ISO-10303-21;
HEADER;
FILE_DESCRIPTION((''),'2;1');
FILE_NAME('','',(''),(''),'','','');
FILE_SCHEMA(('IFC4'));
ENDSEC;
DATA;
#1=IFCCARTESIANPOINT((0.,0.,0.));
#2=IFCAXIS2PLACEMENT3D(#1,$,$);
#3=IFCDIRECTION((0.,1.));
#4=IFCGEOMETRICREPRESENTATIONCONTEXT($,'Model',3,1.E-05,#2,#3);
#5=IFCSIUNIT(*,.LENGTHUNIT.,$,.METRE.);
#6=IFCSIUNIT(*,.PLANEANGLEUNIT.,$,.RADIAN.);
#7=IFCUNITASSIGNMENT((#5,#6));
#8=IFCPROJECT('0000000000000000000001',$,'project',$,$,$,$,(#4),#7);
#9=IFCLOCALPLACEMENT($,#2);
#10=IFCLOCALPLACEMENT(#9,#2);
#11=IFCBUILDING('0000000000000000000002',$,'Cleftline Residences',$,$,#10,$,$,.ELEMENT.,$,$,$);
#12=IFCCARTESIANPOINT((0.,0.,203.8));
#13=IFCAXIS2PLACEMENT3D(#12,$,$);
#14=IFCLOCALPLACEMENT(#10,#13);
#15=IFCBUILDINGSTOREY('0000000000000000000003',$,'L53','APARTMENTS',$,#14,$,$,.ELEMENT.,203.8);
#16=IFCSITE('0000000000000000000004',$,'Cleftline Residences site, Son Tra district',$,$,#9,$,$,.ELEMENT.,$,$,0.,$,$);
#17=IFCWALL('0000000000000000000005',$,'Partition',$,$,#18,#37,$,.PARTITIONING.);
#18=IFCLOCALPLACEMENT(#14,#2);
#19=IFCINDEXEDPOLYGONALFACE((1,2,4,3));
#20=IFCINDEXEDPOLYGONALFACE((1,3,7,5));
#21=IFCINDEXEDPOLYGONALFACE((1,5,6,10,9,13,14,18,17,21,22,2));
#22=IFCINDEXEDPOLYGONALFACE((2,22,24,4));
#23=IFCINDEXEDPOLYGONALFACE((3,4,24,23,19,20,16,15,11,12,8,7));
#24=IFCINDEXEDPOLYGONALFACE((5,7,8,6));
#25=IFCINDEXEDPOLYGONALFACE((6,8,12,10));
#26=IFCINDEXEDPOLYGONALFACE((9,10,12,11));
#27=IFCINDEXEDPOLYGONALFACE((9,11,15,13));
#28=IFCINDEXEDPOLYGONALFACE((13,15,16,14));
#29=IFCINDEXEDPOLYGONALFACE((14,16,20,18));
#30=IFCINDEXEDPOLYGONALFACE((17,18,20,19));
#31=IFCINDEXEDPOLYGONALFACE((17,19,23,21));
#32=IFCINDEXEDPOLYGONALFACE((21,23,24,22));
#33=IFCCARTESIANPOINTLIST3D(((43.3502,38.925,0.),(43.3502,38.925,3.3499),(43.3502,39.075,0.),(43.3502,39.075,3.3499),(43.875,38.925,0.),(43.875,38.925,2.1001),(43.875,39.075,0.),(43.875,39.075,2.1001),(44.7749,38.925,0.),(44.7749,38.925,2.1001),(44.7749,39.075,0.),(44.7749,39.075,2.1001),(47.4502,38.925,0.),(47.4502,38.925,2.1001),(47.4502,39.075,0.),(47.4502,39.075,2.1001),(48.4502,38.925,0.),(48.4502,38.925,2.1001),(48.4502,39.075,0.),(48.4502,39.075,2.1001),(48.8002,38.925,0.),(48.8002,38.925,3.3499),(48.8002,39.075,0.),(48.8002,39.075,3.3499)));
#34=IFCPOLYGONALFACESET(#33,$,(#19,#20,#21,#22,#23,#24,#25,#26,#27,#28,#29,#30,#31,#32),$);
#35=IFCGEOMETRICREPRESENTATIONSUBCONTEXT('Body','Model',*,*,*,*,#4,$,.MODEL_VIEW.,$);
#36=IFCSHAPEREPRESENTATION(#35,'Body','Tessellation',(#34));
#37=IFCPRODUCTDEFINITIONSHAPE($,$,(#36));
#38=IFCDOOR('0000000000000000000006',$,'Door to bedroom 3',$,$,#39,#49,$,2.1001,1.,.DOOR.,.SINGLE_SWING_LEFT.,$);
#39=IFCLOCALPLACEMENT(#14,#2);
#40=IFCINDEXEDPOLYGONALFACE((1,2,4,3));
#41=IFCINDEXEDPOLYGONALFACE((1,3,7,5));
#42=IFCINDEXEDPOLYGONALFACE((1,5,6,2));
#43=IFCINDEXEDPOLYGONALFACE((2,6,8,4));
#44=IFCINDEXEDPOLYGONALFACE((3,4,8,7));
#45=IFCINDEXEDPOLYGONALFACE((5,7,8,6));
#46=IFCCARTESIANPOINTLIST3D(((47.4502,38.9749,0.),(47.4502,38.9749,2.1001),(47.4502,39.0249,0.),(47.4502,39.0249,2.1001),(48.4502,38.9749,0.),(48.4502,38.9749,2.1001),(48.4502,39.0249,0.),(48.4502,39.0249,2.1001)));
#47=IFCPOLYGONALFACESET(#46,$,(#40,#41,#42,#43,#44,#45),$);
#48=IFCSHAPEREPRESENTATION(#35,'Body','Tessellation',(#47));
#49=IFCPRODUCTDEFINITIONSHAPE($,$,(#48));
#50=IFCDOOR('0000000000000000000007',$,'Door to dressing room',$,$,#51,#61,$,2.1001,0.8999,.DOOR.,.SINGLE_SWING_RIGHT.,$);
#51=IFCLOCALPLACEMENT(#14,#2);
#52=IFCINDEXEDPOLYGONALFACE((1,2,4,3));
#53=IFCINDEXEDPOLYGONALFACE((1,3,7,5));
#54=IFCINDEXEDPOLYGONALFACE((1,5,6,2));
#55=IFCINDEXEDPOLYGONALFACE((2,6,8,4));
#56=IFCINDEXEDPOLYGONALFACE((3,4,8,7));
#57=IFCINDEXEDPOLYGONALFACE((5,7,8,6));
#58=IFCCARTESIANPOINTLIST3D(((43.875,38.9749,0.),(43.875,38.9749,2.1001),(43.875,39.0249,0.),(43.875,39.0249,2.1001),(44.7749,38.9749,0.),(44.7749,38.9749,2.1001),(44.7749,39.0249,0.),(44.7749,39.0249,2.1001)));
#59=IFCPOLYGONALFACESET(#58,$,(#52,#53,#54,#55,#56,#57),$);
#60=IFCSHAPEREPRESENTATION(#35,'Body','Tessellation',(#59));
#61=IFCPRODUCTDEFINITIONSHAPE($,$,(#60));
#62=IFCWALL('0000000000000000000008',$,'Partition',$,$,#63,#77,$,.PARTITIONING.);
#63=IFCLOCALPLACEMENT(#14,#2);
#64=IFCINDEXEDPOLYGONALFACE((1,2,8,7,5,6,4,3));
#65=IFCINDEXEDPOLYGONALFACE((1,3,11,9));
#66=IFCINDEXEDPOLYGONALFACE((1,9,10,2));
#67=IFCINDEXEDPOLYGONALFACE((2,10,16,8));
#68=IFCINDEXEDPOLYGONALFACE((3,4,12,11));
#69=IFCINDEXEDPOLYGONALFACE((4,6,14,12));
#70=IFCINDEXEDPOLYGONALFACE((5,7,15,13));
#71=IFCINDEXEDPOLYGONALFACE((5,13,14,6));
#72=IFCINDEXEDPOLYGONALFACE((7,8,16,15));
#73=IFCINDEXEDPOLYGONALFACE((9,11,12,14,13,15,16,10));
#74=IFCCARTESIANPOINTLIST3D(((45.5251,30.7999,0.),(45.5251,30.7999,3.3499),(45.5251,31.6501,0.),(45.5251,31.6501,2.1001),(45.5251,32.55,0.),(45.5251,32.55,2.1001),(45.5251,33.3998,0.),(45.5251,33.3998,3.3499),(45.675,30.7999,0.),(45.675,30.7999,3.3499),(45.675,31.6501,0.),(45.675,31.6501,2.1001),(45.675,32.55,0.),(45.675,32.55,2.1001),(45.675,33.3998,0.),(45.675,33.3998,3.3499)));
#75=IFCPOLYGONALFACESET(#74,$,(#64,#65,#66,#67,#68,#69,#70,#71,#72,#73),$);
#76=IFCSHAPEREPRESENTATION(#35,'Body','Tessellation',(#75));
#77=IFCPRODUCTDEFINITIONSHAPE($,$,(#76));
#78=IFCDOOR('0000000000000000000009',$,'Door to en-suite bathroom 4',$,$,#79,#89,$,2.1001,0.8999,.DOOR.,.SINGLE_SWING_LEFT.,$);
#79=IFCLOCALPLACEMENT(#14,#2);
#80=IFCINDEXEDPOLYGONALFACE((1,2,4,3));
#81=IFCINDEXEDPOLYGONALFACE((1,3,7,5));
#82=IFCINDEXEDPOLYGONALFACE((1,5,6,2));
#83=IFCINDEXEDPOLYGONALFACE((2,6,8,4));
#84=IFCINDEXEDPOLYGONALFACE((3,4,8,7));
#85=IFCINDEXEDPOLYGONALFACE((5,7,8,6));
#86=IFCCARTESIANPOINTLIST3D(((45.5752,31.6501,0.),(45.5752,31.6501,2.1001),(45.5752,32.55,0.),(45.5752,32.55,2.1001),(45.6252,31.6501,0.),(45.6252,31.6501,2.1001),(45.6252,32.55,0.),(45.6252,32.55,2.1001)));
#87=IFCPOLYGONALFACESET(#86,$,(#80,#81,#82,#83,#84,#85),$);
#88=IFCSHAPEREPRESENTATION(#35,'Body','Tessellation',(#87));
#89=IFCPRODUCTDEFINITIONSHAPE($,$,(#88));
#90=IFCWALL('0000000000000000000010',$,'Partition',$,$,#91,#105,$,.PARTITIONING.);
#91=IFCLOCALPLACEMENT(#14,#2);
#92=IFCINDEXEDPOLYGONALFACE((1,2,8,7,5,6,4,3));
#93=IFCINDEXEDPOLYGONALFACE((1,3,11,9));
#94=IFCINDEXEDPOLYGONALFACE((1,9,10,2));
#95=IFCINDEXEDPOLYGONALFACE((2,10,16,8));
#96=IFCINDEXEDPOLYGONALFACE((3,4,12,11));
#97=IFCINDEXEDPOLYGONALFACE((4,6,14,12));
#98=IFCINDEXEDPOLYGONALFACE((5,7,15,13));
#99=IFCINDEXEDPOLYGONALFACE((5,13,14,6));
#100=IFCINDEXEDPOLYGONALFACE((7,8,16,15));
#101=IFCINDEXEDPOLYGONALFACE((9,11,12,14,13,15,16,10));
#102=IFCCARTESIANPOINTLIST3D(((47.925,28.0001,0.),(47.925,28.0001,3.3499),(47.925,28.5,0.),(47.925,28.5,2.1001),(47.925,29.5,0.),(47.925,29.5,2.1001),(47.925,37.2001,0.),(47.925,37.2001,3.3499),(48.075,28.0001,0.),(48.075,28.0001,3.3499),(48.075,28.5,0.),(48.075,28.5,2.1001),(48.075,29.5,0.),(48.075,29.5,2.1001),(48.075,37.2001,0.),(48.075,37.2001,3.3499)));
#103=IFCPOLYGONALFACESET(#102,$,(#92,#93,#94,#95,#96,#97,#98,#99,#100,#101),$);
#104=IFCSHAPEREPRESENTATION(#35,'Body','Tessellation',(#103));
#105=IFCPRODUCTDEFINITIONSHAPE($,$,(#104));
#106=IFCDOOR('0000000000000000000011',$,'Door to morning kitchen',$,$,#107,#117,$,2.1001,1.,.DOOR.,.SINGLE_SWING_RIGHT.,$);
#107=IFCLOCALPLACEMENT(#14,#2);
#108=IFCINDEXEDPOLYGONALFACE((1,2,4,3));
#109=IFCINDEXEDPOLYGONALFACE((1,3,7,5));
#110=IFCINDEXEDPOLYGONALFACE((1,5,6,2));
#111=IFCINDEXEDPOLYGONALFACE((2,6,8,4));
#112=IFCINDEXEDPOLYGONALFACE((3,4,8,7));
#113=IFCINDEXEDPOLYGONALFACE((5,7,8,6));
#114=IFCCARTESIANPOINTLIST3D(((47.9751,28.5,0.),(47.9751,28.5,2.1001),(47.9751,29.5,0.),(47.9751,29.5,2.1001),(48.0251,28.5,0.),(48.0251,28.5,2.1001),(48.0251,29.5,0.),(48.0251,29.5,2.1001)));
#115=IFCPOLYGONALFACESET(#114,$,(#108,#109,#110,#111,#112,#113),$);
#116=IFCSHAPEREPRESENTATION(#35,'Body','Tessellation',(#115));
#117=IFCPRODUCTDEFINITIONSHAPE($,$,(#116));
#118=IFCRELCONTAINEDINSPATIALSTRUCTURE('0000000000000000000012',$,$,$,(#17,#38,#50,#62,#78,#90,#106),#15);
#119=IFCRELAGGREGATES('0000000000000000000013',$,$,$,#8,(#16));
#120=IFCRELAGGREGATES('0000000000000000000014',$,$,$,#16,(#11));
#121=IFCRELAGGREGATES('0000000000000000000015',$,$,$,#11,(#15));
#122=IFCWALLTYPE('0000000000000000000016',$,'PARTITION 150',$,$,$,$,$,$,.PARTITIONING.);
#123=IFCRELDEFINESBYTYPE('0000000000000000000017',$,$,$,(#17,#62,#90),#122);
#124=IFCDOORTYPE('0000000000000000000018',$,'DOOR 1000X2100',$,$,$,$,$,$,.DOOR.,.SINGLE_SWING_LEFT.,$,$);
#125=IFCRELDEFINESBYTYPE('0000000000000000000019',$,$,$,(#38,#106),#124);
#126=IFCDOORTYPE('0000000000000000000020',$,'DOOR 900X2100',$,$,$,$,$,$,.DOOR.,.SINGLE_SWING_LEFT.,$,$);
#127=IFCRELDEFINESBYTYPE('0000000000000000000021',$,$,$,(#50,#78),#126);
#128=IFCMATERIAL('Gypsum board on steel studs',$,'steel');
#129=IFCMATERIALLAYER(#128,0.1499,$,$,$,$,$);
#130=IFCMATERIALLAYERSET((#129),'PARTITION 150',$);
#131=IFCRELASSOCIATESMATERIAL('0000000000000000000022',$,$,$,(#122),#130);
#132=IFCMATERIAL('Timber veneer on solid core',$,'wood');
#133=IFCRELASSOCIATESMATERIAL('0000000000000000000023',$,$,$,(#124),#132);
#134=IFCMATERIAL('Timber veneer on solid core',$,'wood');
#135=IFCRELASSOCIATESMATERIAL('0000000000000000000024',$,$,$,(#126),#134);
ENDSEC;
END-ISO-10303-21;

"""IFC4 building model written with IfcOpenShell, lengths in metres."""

from ifc_helpers import new_model, si_unit, direction, frame, frame_2d, origin, place, context, subcontext, project, spatial, rectangle, extrude, material, layer, layer_set, type_object, element, fill, save


model = new_model("IFC4")

# Units and contexts
model_context = context("Model", 3, precision=1e-05, world=origin(), true_north=direction((0.0, 1.0)))
body_context = subcontext(model_context, "Body", "Model", "MODEL_VIEW")
ifc_project = project(units=[si_unit("LENGTHUNIT", "METRE"), si_unit("PLANEANGLEUNIT", "RADIAN")], contexts=[model_context])

# Site, building, storey
site_placement = place(None, origin())
site = spatial("IfcSite", under=ifc_project, at=site_placement, Name="Cleftline Residences site, Son Tra district", CompositionType="ELEMENT", RefElevation=0.0)
building_placement = place(site_placement, origin())
building = spatial("IfcBuilding", under=site, at=building_placement, Name="Cleftline Residences", CompositionType="ELEMENT")
storey_placement = place(building_placement, frame((0.0, 0.0, 203.8)))
storey = spatial("IfcBuildingStorey", under=building, at=storey_placement, Name="L53", Description="APARTMENTS", CompositionType="ELEMENT", Elevation=203.8)

# Shared definitions
ifc_material_1 = material(Name="Gypsum board on steel studs", Category="steel")
ifc_layer_1 = layer(ifc_material_1, 0.1499)
ifc_layer_set_1 = layer_set([ifc_layer_1], Name="PARTITION 150")
wall_type_1 = type_object("IfcWallType", Name="PARTITION 150", PredefinedType="PARTITIONING", material=ifc_layer_set_1)
ifc_material_2 = material(Name="Timber veneer on solid core", Category="wood")
door_type_1 = type_object("IfcDoorType", Name="DOOR 1000X2100", OperationType="SINGLE_SWING_LEFT", PredefinedType="DOOR", material=ifc_material_2)

# Wall, openings, doors
ifc_material_3 = material(Name="Timber veneer on solid core", Category="wood")
door_type_2 = type_object("IfcDoorType", Name="DOOR 900X2100", OperationType="SINGLE_SWING_LEFT", PredefinedType="DOOR", material=ifc_material_3)
wall_1_placement = place(storey_placement, frame((43.3501, 39.0, 0.0), z_axis=(0.0, 0.0, 1.0), x_axis=(1.0, 0.0, 0.0)))
wall_1 = element("IfcWall", 1, at=wall_1_placement, inside=storey, type_object=wall_type_1, Name="Partition", PredefinedType="PARTITIONING", context=body_context, shape_type="SweptSolid", body=[
    extrude(rectangle(XDim=5.45, YDim=0.1499, at=frame_2d((2.7251, 0.0))), origin(), (0.0, 0.0, 1.0), 3.3499),
])
opening_1_placement = place(wall_1_placement, frame((4.1001, 0.0, 0.0)))
opening_1 = element("IfcOpeningElement", 2, at=opening_1_placement, cuts=wall_1, PredefinedType="OPENING", context=body_context, shape_type="SweptSolid", body=[
    extrude(rectangle(XDim=1.0, YDim=2.1001, at=frame_2d((0.5, 1.05))), frame((0.0, 0.085, 0.0), z_axis=(0.0, -1.0, 0.0), x_axis=(1.0, 0.0, 0.0)), (0.0, 0.0, 1.0), 0.1699),
])
opening_2_placement = place(wall_1_placement, frame((0.5249, 0.0, 0.0)))
opening_2 = element("IfcOpeningElement", 3, at=opening_2_placement, cuts=wall_1, PredefinedType="OPENING", context=body_context, shape_type="SweptSolid", body=[
    extrude(rectangle(XDim=0.8999, YDim=2.1001, at=frame_2d((0.45, 1.05))), frame((0.0, 0.085, 0.0), z_axis=(0.0, -1.0, 0.0), x_axis=(1.0, 0.0, 0.0)), (0.0, 0.0, 1.0), 0.1699),
])
door_1_placement = place(opening_1_placement, origin())
door_1 = element("IfcDoor", 4, at=door_1_placement, inside=storey, type_object=door_type_1, Name="Door to bedroom 3", OperationType="SINGLE_SWING_LEFT", OverallHeight=2.1001, OverallWidth=1.0, PredefinedType="DOOR", context=body_context, shape_type="SweptSolid", body=[
    extrude(rectangle(XDim=1.0, YDim=2.1001, at=frame_2d((0.5, 1.05))), frame((0.0, 0.0249, 0.0), z_axis=(0.0, -1.0, 0.0), x_axis=(1.0, 0.0, 0.0)), (0.0, 0.0, 1.0), 0.05),
])
fill(opening_1, door_1)
door_2_placement = place(opening_2_placement, origin())
door_2 = element("IfcDoor", 5, at=door_2_placement, inside=storey, type_object=door_type_2, Name="Door to dressing room", OperationType="SINGLE_SWING_RIGHT", OverallHeight=2.1001, OverallWidth=0.8999, PredefinedType="DOOR", context=body_context, shape_type="SweptSolid", body=[
    extrude(rectangle(XDim=0.8999, YDim=2.1001, at=frame_2d((0.45, 1.05))), frame((0.0, 0.0249, 0.0), z_axis=(0.0, -1.0, 0.0), x_axis=(1.0, 0.0, 0.0)), (0.0, 0.0, 1.0), 0.05),
])
fill(opening_2, door_2)

# Walls, openings, doors
wall_2_placement = place(storey_placement, frame((45.6001, 30.8, 0.0), z_axis=(0.0, 0.0, 1.0), x_axis=(0.0, 1.0, 0.0)))
wall_2 = element("IfcWall", 6, at=wall_2_placement, inside=storey, type_object=wall_type_1, Name="Partition", PredefinedType="PARTITIONING", context=body_context, shape_type="SweptSolid", body=[
    extrude(rectangle(XDim=2.5999, YDim=0.1499, at=frame_2d((1.2998, 0.0))), origin(), (0.0, 0.0, 1.0), 3.3499),
])
opening_3_placement = place(wall_2_placement, frame((0.8501, 0.0, 0.0)))
opening_3 = element("IfcOpeningElement", 7, at=opening_3_placement, cuts=wall_2, PredefinedType="OPENING", context=body_context, shape_type="SweptSolid", body=[
    extrude(rectangle(XDim=0.8999, YDim=2.1001, at=frame_2d((0.45, 1.05))), frame((0.0, 0.085, 0.0), z_axis=(0.0, -1.0, 0.0), x_axis=(1.0, 0.0, 0.0)), (0.0, 0.0, 1.0), 0.1699),
])
door_3_placement = place(opening_3_placement, origin())
door_3 = element("IfcDoor", 8, at=door_3_placement, inside=storey, type_object=door_type_2, Name="Door to en-suite bathroom 4", OperationType="SINGLE_SWING_LEFT", OverallHeight=2.1001, OverallWidth=0.8999, PredefinedType="DOOR", context=body_context, shape_type="SweptSolid", body=[
    extrude(rectangle(XDim=0.8999, YDim=2.1001, at=frame_2d((0.45, 1.05))), frame((0.0, 0.0249, 0.0), z_axis=(0.0, -1.0, 0.0), x_axis=(1.0, 0.0, 0.0)), (0.0, 0.0, 1.0), 0.05),
])
fill(opening_3, door_3)
wall_3_placement = place(storey_placement, frame((48.0, 28.0, 0.0), z_axis=(0.0, 0.0, 1.0), x_axis=(0.0, 1.0, 0.0)))
wall_3 = element("IfcWall", 9, at=wall_3_placement, inside=storey, type_object=wall_type_1, Name="Partition", PredefinedType="PARTITIONING", context=body_context, shape_type="SweptSolid", body=[
    extrude(rectangle(XDim=9.2, YDim=0.1499, at=frame_2d((4.6001, 0.0))), origin(), (0.0, 0.0, 1.0), 3.3499),
])
opening_4_placement = place(wall_3_placement, frame((0.5, 0.0, 0.0)))
opening_4 = element("IfcOpeningElement", 10, at=opening_4_placement, cuts=wall_3, PredefinedType="OPENING", context=body_context, shape_type="SweptSolid", body=[
    extrude(rectangle(XDim=1.0, YDim=2.1001, at=frame_2d((0.5, 1.05))), frame((0.0, 0.085, 0.0), z_axis=(0.0, -1.0, 0.0), x_axis=(1.0, 0.0, 0.0)), (0.0, 0.0, 1.0), 0.1699),
])
door_4_placement = place(opening_4_placement, origin())
door_4 = element("IfcDoor", 11, at=door_4_placement, inside=storey, type_object=door_type_1, Name="Door to morning kitchen", OperationType="SINGLE_SWING_RIGHT", OverallHeight=2.1001, OverallWidth=1.0, PredefinedType="DOOR", context=body_context, shape_type="SweptSolid", body=[
    extrude(rectangle(XDim=1.0, YDim=2.1001, at=frame_2d((0.5, 1.05))), frame((0.0, 0.0249, 0.0), z_axis=(0.0, -1.0, 0.0), x_axis=(1.0, 0.0, 0.0)), (0.0, 0.0, 1.0), 0.05),
])
fill(opening_4, door_4)

save(model, "model.ifc")
